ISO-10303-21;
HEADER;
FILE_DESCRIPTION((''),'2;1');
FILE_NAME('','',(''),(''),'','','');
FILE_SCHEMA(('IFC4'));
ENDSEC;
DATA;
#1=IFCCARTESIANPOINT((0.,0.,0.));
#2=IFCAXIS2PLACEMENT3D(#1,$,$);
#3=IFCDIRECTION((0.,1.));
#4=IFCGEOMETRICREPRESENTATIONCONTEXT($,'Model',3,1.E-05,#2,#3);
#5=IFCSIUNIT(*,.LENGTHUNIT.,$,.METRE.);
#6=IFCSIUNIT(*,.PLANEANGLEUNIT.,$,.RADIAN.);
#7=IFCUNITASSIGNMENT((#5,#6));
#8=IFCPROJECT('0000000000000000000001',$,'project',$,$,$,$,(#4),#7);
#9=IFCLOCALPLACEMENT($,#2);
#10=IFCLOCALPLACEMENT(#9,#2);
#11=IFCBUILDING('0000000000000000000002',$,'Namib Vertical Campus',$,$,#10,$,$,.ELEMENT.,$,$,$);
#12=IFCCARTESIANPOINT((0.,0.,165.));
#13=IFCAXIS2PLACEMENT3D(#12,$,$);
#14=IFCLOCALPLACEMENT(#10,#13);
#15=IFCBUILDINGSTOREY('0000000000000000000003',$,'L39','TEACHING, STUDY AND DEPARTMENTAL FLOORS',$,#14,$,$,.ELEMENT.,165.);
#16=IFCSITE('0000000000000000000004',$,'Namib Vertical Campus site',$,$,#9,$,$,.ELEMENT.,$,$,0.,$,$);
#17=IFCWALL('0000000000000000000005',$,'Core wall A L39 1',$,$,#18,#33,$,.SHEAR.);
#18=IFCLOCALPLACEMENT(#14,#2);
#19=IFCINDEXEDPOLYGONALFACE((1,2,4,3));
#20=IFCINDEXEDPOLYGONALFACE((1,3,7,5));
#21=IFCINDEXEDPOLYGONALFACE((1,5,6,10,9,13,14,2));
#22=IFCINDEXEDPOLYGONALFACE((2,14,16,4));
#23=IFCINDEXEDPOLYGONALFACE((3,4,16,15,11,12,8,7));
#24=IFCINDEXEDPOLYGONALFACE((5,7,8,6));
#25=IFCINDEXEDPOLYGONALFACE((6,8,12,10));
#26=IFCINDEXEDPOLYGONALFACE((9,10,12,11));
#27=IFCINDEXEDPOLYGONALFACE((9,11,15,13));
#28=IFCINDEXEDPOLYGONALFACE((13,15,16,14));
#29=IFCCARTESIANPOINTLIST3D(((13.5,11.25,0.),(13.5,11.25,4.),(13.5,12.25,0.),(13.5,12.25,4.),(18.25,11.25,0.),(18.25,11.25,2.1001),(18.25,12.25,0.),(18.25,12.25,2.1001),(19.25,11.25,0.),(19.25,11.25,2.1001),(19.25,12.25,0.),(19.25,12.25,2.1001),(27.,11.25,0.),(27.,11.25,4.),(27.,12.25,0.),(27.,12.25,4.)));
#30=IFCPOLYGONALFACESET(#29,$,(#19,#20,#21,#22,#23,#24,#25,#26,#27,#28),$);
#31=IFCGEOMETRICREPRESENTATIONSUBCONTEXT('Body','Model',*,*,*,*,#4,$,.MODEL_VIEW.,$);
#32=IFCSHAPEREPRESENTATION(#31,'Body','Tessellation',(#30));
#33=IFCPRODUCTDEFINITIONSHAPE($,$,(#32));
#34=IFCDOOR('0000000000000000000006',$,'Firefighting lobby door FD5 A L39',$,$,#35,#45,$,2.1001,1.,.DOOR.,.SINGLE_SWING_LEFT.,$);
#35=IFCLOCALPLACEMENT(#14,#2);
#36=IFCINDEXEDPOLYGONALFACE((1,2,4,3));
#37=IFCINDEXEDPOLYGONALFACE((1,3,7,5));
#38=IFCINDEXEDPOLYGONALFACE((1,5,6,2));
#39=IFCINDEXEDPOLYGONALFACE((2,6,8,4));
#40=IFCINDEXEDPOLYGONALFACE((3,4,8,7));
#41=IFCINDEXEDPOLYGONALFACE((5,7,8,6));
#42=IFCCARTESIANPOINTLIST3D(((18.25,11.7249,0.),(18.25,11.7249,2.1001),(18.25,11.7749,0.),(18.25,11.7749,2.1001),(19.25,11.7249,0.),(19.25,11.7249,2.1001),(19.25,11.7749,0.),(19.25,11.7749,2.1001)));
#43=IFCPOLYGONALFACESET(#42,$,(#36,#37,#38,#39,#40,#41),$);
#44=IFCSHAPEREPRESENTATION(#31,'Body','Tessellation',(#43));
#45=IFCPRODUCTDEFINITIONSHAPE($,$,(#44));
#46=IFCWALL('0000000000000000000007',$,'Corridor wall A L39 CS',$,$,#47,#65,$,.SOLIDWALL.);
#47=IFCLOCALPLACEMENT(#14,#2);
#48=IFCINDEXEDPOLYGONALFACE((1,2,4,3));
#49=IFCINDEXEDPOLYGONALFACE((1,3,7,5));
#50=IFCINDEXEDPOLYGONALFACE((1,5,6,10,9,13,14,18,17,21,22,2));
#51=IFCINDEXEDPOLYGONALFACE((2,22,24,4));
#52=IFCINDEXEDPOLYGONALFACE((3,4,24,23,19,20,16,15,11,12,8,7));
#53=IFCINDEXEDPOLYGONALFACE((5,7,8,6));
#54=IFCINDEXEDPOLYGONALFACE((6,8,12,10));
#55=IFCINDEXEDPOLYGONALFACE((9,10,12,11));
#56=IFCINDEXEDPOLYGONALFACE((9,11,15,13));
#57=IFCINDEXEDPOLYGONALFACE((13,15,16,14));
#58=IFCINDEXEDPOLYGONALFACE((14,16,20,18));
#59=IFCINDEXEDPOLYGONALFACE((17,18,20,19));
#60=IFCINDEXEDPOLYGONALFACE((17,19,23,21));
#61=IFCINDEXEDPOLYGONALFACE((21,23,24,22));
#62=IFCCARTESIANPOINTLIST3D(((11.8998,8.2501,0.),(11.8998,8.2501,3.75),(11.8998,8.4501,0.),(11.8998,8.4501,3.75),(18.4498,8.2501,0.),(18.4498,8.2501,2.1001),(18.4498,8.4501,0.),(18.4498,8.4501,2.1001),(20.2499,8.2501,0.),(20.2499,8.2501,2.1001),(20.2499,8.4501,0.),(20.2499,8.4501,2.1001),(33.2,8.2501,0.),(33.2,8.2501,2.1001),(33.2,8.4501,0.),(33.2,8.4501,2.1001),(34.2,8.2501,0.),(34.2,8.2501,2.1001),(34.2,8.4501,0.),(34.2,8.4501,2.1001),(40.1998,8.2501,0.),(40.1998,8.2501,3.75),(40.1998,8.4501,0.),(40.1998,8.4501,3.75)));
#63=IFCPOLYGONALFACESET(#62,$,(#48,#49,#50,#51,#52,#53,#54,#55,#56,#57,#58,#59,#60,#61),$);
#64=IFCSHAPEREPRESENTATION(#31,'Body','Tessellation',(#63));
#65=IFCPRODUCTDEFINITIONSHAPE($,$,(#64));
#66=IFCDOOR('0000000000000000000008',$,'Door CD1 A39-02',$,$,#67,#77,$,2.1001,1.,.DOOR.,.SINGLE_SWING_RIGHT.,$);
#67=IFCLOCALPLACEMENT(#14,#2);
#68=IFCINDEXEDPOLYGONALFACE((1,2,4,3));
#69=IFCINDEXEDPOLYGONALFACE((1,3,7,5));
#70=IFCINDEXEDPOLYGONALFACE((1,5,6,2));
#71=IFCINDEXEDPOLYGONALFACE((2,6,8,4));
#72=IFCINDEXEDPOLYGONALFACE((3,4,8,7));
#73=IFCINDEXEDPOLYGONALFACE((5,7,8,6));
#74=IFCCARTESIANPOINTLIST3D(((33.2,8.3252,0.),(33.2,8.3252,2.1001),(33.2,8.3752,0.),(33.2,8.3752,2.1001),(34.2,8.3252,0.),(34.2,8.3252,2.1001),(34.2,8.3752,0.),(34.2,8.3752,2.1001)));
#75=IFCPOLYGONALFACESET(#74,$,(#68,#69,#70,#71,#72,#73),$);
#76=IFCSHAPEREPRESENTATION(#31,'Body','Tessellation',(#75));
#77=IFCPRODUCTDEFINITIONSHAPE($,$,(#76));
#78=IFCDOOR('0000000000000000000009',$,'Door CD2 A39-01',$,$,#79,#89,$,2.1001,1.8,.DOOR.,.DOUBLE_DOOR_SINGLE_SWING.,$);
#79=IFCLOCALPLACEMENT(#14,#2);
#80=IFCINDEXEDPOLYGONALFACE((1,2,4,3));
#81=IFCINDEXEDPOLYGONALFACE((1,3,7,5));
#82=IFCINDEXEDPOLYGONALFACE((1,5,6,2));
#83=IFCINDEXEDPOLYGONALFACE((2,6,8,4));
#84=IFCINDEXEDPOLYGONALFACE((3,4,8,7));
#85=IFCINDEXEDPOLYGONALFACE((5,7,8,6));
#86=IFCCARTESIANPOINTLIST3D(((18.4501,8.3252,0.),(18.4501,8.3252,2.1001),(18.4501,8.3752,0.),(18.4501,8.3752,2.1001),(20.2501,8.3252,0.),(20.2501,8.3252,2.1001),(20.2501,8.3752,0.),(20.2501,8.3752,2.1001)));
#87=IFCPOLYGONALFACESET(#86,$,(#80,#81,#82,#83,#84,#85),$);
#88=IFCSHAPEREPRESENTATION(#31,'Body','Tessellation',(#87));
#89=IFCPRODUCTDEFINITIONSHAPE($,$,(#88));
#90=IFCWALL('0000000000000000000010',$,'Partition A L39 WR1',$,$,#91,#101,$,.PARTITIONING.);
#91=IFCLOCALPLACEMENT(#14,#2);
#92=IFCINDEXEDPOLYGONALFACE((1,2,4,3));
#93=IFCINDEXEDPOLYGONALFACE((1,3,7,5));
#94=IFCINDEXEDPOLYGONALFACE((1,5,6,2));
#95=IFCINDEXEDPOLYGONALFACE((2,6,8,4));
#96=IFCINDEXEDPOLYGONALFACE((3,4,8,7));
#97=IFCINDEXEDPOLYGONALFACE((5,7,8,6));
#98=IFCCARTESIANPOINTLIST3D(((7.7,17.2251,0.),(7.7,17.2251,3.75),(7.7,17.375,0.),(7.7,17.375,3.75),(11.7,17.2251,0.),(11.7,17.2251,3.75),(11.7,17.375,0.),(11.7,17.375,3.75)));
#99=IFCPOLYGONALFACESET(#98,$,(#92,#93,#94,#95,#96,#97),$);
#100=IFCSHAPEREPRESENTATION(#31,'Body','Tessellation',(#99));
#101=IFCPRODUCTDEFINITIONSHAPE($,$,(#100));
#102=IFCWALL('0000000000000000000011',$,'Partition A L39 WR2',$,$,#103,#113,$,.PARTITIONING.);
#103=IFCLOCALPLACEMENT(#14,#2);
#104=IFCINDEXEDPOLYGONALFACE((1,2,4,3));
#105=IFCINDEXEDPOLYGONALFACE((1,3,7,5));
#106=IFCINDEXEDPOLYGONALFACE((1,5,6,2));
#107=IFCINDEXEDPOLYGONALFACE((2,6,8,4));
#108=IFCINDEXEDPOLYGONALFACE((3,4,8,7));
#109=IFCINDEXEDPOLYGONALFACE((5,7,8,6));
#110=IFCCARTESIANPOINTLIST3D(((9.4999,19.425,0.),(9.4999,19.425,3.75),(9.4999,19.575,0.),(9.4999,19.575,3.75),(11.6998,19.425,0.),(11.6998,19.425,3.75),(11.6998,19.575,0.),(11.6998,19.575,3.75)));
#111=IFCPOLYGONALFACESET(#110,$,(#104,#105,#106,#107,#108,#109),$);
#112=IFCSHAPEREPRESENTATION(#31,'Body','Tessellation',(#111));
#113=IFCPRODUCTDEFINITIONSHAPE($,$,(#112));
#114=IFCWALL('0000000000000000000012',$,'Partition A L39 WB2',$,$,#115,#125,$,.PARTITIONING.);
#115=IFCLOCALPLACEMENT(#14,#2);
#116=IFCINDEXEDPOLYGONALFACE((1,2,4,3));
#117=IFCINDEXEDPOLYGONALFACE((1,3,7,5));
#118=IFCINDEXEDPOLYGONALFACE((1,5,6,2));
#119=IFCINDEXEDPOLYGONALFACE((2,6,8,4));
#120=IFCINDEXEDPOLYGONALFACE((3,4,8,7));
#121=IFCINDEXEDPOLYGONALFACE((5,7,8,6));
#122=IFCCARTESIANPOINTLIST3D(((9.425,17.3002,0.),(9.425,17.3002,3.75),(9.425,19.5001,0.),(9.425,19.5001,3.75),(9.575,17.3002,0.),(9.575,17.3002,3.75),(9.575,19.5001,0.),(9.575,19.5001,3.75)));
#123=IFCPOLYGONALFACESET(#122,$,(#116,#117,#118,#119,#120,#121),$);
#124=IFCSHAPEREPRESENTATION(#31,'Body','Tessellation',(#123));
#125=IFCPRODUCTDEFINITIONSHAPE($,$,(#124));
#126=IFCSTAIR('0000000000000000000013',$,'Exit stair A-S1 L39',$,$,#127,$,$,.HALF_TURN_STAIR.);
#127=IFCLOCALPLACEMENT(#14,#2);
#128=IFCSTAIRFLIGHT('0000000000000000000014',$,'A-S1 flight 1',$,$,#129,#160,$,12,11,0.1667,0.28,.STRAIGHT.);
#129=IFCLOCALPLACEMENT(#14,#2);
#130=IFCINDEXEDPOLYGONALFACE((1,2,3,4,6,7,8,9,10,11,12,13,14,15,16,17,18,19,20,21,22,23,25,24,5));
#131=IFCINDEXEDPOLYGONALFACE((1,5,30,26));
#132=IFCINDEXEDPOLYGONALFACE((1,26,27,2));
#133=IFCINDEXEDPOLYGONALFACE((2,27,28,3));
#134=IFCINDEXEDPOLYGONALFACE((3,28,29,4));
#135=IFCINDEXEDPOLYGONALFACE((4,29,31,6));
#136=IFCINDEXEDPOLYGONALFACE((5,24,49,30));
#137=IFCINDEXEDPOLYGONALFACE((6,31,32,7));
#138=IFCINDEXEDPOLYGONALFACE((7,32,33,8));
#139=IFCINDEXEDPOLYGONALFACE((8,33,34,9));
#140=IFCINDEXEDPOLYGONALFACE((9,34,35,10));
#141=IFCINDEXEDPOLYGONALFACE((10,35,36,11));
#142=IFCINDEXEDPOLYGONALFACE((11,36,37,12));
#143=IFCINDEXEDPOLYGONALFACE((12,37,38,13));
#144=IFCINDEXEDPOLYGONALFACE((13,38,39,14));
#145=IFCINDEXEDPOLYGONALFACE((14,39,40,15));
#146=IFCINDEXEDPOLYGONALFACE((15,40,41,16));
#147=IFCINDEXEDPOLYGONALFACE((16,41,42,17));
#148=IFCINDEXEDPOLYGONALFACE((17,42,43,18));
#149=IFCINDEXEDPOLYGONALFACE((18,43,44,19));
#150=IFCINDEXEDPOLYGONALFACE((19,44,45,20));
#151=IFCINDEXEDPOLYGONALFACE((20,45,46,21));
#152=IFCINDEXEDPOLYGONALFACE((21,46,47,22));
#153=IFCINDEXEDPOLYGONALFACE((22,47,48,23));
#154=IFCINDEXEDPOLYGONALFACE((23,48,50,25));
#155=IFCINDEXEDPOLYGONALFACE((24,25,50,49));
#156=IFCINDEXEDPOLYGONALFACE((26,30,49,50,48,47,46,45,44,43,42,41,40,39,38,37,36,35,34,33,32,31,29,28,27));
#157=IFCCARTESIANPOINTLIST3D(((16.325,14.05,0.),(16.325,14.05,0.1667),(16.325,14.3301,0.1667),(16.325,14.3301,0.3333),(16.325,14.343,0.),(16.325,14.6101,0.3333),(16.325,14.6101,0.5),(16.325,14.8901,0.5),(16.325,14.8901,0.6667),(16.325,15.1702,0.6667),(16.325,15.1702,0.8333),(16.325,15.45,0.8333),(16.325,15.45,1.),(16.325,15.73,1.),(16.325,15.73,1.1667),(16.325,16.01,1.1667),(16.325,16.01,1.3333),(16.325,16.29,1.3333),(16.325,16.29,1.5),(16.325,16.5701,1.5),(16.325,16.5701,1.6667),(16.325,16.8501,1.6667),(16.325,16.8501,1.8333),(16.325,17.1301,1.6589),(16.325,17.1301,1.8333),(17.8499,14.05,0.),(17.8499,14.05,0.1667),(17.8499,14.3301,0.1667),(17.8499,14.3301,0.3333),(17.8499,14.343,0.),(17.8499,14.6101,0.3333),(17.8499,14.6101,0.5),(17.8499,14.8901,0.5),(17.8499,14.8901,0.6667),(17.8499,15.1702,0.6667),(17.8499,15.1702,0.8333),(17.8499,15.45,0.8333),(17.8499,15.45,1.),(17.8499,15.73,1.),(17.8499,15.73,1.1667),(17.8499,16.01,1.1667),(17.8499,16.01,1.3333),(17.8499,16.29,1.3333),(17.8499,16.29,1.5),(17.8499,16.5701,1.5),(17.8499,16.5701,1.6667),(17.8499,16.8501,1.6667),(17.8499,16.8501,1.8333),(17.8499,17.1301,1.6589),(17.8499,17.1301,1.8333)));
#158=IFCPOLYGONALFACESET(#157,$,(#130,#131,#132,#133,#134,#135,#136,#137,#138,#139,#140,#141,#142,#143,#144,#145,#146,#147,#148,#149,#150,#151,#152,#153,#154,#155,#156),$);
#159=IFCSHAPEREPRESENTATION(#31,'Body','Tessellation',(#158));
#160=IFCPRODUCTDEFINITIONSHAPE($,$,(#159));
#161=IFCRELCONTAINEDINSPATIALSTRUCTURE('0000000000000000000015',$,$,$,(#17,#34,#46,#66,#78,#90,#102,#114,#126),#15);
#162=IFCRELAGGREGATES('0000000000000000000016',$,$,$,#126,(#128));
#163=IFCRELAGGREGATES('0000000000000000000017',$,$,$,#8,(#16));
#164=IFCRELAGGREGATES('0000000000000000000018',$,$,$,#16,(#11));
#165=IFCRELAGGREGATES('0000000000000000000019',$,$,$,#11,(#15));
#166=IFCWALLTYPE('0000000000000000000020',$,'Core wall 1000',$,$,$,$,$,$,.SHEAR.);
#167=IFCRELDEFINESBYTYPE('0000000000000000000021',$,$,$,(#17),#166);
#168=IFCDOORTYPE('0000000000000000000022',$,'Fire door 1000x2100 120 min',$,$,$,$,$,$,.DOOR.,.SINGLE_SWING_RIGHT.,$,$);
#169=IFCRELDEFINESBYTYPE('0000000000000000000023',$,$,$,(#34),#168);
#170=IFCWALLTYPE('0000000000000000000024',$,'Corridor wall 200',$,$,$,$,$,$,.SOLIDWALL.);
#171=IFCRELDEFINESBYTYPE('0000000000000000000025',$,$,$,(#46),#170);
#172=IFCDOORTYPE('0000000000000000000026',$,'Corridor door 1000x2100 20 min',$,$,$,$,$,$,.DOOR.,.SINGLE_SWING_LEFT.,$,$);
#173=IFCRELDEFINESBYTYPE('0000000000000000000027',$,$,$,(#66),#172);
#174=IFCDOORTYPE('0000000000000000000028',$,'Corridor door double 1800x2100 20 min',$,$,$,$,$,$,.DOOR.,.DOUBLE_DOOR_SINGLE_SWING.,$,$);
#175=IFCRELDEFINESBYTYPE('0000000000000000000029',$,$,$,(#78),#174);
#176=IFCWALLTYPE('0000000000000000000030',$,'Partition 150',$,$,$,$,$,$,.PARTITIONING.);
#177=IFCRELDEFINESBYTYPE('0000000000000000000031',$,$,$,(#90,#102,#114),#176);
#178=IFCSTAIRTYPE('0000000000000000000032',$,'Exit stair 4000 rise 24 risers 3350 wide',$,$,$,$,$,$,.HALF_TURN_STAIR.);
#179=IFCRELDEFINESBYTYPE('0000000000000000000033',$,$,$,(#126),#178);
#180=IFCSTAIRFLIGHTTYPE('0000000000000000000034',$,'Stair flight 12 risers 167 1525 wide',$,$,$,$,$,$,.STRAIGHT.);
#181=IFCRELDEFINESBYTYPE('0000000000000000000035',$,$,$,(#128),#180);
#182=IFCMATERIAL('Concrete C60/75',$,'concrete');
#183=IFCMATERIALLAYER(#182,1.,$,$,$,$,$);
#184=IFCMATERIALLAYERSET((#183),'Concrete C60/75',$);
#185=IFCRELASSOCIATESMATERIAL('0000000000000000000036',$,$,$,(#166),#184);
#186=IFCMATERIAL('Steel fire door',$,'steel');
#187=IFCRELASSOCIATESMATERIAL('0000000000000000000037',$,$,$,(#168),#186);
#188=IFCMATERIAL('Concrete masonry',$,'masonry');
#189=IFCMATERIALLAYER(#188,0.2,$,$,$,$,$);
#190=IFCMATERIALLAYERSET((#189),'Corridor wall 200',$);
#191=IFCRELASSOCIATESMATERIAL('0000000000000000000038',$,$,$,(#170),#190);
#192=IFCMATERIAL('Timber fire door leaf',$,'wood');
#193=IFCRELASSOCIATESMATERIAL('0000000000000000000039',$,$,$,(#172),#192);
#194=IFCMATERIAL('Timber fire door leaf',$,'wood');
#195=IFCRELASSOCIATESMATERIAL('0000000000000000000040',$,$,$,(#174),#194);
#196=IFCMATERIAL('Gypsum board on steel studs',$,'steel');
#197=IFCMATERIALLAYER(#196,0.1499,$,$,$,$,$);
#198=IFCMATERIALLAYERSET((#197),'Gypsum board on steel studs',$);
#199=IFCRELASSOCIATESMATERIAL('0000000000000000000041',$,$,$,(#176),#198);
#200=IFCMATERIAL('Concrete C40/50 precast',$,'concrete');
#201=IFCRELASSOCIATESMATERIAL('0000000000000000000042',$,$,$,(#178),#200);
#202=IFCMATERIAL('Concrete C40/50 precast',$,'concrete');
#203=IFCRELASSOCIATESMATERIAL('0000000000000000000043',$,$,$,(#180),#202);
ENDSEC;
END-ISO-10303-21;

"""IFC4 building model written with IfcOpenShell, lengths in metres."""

from ifc_helpers import new_model, si_unit, direction, frame, frame_2d, origin, place, context, subcontext, project, spatial, polyline, rectangle, outline, extrude, material, layer, layer_set, type_object, element, fill, aggregate, save


model = new_model("IFC4")

# Units and contexts
model_context = context("Model", 3, precision=1e-05, world=origin(), true_north=direction((0.0, 1.0)))
body_context = subcontext(model_context, "Body", "Model", "MODEL_VIEW")
ifc_project = project(units=[si_unit("LENGTHUNIT", "METRE"), si_unit("PLANEANGLEUNIT", "RADIAN")], contexts=[model_context])

# Site, building, storey
site_placement = place(None, origin())
site = spatial("IfcSite", under=ifc_project, at=site_placement, Name="Namib Vertical Campus site", CompositionType="ELEMENT", RefElevation=0.0)
building_placement = place(site_placement, origin())
building = spatial("IfcBuilding", under=site, at=building_placement, Name="Namib Vertical Campus", CompositionType="ELEMENT")
storey_placement = place(building_placement, frame((0.0, 0.0, 165.0)))
storey = spatial("IfcBuildingStorey", under=building, at=storey_placement, Name="L39", Description="TEACHING, STUDY AND DEPARTMENTAL FLOORS", CompositionType="ELEMENT", Elevation=165.0)

# Wall, opening, door
ifc_material_1 = material(Name="Concrete C60/75", Category="concrete")
ifc_layer_1 = layer(ifc_material_1, 1.0)
ifc_layer_set_1 = layer_set([ifc_layer_1], Name="Concrete C60/75")
wall_type_1 = type_object("IfcWallType", Name="Core wall 1000", PredefinedType="SHEAR", material=ifc_layer_set_1)
wall_1_placement = place(storey_placement, frame((13.5, 11.75, 0.0), z_axis=(0.0, 0.0, 1.0), x_axis=(1.0, 0.0, 0.0)))
wall_1 = element("IfcWall", 1, at=wall_1_placement, inside=storey, type_object=wall_type_1, Name="Core wall A L39 1", PredefinedType="SHEAR", context=body_context, shape_type="SweptSolid", body=[
    extrude(rectangle(XDim=13.5, YDim=1.0, at=frame_2d((6.75, 0.0))), origin(), (0.0, 0.0, 1.0), 4.0),
])
opening_1_placement = place(wall_1_placement, frame((4.75, 0.0, 0.0)))
opening_1 = element("IfcOpeningElement", 2, at=opening_1_placement, cuts=wall_1, PredefinedType="OPENING", context=body_context, shape_type="SweptSolid", body=[
    extrude(rectangle(XDim=1.0, YDim=2.1001, at=frame_2d((0.5, 1.05))), frame((0.0, 0.51, 0.0), z_axis=(0.0, -1.0, 0.0), x_axis=(1.0, 0.0, 0.0)), (0.0, 0.0, 1.0), 1.02),
])
ifc_material_2 = material(Name="Steel fire door", Category="steel")
door_type_1 = type_object("IfcDoorType", Name="Fire door 1000x2100 120 min", OperationType="SINGLE_SWING_RIGHT", PredefinedType="DOOR", material=ifc_material_2)
door_1_placement = place(opening_1_placement, origin())
door_1 = element("IfcDoor", 3, at=door_1_placement, inside=storey, type_object=door_type_1, Name="Firefighting lobby door FD5 A L39", OperationType="SINGLE_SWING_LEFT", OverallHeight=2.1001, OverallWidth=1.0, PredefinedType="DOOR", context=body_context, shape_type="SweptSolid", body=[
    extrude(rectangle(XDim=1.0, YDim=2.1001, at=frame_2d((0.5, 1.05))), frame((0.0, 0.0249, 0.0), z_axis=(0.0, -1.0, 0.0), x_axis=(1.0, 0.0, 0.0)), (0.0, 0.0, 1.0), 0.05),
])
fill(opening_1, door_1)

# Wall, openings, doors
ifc_material_3 = material(Name="Concrete masonry", Category="masonry")
ifc_layer_2 = layer(ifc_material_3, 0.2)
ifc_layer_set_2 = layer_set([ifc_layer_2], Name="Corridor wall 200")
wall_type_2 = type_object("IfcWallType", Name="Corridor wall 200", PredefinedType="SOLIDWALL", material=ifc_layer_set_2)
wall_2_placement = place(storey_placement, frame((11.8999, 8.3501, 0.0), z_axis=(0.0, 0.0, 1.0), x_axis=(1.0, 0.0, 0.0)))
wall_2 = element("IfcWall", 4, at=wall_2_placement, inside=storey, type_object=wall_type_2, Name="Corridor wall A L39 CS", PredefinedType="SOLIDWALL", context=body_context, shape_type="SweptSolid", body=[
    extrude(rectangle(XDim=28.3, YDim=0.2, at=frame_2d((14.1499, 0.0))), origin(), (0.0, 0.0, 1.0), 3.75),
])
opening_2_placement = place(wall_2_placement, frame((6.55, 0.0, 0.0)))
opening_2 = element("IfcOpeningElement", 5, at=opening_2_placement, cuts=wall_2, PredefinedType="OPENING", context=body_context, shape_type="SweptSolid", body=[
    extrude(rectangle(XDim=1.8, YDim=2.1001, at=frame_2d((0.8999, 1.05))), frame((0.0, 0.1099, 0.0), z_axis=(0.0, -1.0, 0.0), x_axis=(1.0, 0.0, 0.0)), (0.0, 0.0, 1.0), 0.22),
])
opening_3_placement = place(wall_2_placement, frame((21.3, 0.0, 0.0)))
opening_3 = element("IfcOpeningElement", 6, at=opening_3_placement, cuts=wall_2, PredefinedType="OPENING", context=body_context, shape_type="SweptSolid", body=[
    extrude(rectangle(XDim=1.0, YDim=2.1001, at=frame_2d((0.5, 1.05))), frame((0.0, 0.1099, 0.0), z_axis=(0.0, -1.0, 0.0), x_axis=(1.0, 0.0, 0.0)), (0.0, 0.0, 1.0), 0.22),
])
ifc_material_4 = material(Name="Timber fire door leaf", Category="wood")
door_type_2 = type_object("IfcDoorType", Name="Corridor door 1000x2100 20 min", OperationType="SINGLE_SWING_LEFT", PredefinedType="DOOR", material=ifc_material_4)
door_2_placement = place(opening_3_placement, frame((1.0, 0.0, 0.0), z_axis=(0.0, 0.0, 1.0), x_axis=(-1.0, 0.0, 0.0)))
door_2 = element("IfcDoor", 7, at=door_2_placement, inside=storey, type_object=door_type_2, Name="Door CD1 A39-02", OperationType="SINGLE_SWING_RIGHT", OverallHeight=2.1001, OverallWidth=1.0, PredefinedType="DOOR", context=body_context, shape_type="SweptSolid", body=[
    extrude(rectangle(XDim=1.0, YDim=2.1001, at=frame_2d((0.5, 1.05))), frame((0.0, 0.0249, 0.0), z_axis=(0.0, -1.0, 0.0), x_axis=(1.0, 0.0, 0.0)), (0.0, 0.0, 1.0), 0.05),
])
fill(opening_3, door_2)
ifc_material_5 = material(Name="Timber fire door leaf", Category="wood")
door_type_3 = type_object("IfcDoorType", Name="Corridor door double 1800x2100 20 min", OperationType="DOUBLE_DOOR_SINGLE_SWING", PredefinedType="DOOR", material=ifc_material_5)
door_3_placement = place(opening_2_placement, frame((1.8, 0.0, 0.0), z_axis=(0.0, 0.0, 1.0), x_axis=(-1.0, 0.0, 0.0)))
door_3 = element("IfcDoor", 8, at=door_3_placement, inside=storey, type_object=door_type_3, Name="Door CD2 A39-01", OperationType="DOUBLE_DOOR_SINGLE_SWING", OverallHeight=2.1001, OverallWidth=1.8, PredefinedType="DOOR", context=body_context, shape_type="SweptSolid", body=[
    extrude(rectangle(XDim=1.8, YDim=2.1001, at=frame_2d((0.8999, 1.05))), frame((0.0, 0.0249, 0.0), z_axis=(0.0, -1.0, 0.0), x_axis=(1.0, 0.0, 0.0)), (0.0, 0.0, 1.0), 0.05),
])
fill(opening_2, door_3)

# Walls
ifc_material_6 = material(Name="Gypsum board on steel studs", Category="steel")
ifc_layer_3 = layer(ifc_material_6, 0.1499)
ifc_layer_set_3 = layer_set([ifc_layer_3], Name="Gypsum board on steel studs")
wall_type_3 = type_object("IfcWallType", Name="Partition 150", PredefinedType="PARTITIONING", material=ifc_layer_set_3)
wall_3_placement = place(storey_placement, frame((11.7, 17.3, 0.0), z_axis=(0.0, 0.0, 1.0), x_axis=(-1.0, 0.0, 0.0)))
element("IfcWall", 9, at=wall_3_placement, inside=storey, type_object=wall_type_3, Name="Partition A L39 WR1", PredefinedType="PARTITIONING", context=body_context, shape_type="SweptSolid", body=[
    extrude(rectangle(XDim=4.0, YDim=0.1499, at=frame_2d((2.0, 0.0))), origin(), (0.0, 0.0, 1.0), 3.75),
])
for number, where, z_axis, x_axis, name in (
    (10, (11.7, 19.5, 0.0), (0.0, 0.0, 1.0), (-1.0, 0.0, 0.0), "Partition A L39 WR2"),
    (11, (9.5, 17.3, 0.0), (0.0, 0.0, 1.0), (0.0, 1.0, 0.0), "Partition A L39 WB2"),
):
    element("IfcWall", number, at=place(storey_placement, frame(where, z_axis=z_axis, x_axis=x_axis)), inside=storey, type_object=wall_type_3, Name=name, PredefinedType="PARTITIONING", context=body_context, shape_type="SweptSolid", body=[
        extrude(rectangle(XDim=2.2, YDim=0.1499, at=frame_2d((1.1001, 0.0))), origin(), (0.0, 0.0, 1.0), 3.75),
    ])

# Stair, stair flight
ifc_material_7 = material(Name="Concrete C40/50 precast", Category="concrete")
stair_type = type_object("IfcStairType", Name="Exit stair 4000 rise 24 risers 3350 wide", PredefinedType="HALF_TURN_STAIR", material=ifc_material_7)
stair_placement = place(storey_placement, origin())
stair = element("IfcStair", 12, at=stair_placement, inside=storey, type_object=stair_type, Name="Exit stair A-S1 L39", PredefinedType="HALF_TURN_STAIR")
ifc_material_8 = material(Name="Concrete C40/50 precast", Category="concrete")
stair_flight_type = type_object("IfcStairFlightType", Name="Stair flight 12 risers 167 1525 wide", PredefinedType="STRAIGHT", material=ifc_material_8)
stair_flight_1_placement = place(storey_placement, frame((17.0874, 14.05, 0.0), z_axis=(0.0, 0.0, 1.0), x_axis=(0.0, 1.0, 0.0)))
stair_flight_1 = element("IfcStairFlight", 13, at=stair_flight_1_placement, type_object=stair_flight_type, Name="A-S1 flight 1", NumberOfRisers=12, NumberOfTreads=11, PredefinedType="STRAIGHT", RiserHeight=0.1667, TreadLength=0.28, context=body_context, shape_type="SweptSolid", body=[
    extrude(outline(polyline([(0.0, 0.0), (0.0, 0.1667), (0.28, 0.1667), (0.28, 0.3333), (0.5601, 0.3333), (0.5601, 0.5), (0.8401, 0.5), (0.8401, 0.6667), (1.1201, 0.6667), (1.1201, 0.8333), (1.3999, 0.8333), (1.3999, 1.0), (1.6799, 1.0), (1.6799, 1.1667), (1.96, 1.1667), (1.96, 1.3333), (2.24, 1.3333), (2.24, 1.5), (2.52, 1.5), (2.52, 1.6667), (2.8, 1.6667), (2.8, 1.8333), (3.0801, 1.8333), (3.0801, 2.0), (3.0801, 1.6589), (0.293, 0.0), (0.0, 0.0)])), frame((0.0, 0.7625, 0.0), z_axis=(0.0, -1.0, 0.0), x_axis=(1.0, 0.0, 0.0)), (0.0, 0.0, 1.0), 1.5249),
])
aggregate(stair, [stair_flight_1])

save(model, "model.ifc")
